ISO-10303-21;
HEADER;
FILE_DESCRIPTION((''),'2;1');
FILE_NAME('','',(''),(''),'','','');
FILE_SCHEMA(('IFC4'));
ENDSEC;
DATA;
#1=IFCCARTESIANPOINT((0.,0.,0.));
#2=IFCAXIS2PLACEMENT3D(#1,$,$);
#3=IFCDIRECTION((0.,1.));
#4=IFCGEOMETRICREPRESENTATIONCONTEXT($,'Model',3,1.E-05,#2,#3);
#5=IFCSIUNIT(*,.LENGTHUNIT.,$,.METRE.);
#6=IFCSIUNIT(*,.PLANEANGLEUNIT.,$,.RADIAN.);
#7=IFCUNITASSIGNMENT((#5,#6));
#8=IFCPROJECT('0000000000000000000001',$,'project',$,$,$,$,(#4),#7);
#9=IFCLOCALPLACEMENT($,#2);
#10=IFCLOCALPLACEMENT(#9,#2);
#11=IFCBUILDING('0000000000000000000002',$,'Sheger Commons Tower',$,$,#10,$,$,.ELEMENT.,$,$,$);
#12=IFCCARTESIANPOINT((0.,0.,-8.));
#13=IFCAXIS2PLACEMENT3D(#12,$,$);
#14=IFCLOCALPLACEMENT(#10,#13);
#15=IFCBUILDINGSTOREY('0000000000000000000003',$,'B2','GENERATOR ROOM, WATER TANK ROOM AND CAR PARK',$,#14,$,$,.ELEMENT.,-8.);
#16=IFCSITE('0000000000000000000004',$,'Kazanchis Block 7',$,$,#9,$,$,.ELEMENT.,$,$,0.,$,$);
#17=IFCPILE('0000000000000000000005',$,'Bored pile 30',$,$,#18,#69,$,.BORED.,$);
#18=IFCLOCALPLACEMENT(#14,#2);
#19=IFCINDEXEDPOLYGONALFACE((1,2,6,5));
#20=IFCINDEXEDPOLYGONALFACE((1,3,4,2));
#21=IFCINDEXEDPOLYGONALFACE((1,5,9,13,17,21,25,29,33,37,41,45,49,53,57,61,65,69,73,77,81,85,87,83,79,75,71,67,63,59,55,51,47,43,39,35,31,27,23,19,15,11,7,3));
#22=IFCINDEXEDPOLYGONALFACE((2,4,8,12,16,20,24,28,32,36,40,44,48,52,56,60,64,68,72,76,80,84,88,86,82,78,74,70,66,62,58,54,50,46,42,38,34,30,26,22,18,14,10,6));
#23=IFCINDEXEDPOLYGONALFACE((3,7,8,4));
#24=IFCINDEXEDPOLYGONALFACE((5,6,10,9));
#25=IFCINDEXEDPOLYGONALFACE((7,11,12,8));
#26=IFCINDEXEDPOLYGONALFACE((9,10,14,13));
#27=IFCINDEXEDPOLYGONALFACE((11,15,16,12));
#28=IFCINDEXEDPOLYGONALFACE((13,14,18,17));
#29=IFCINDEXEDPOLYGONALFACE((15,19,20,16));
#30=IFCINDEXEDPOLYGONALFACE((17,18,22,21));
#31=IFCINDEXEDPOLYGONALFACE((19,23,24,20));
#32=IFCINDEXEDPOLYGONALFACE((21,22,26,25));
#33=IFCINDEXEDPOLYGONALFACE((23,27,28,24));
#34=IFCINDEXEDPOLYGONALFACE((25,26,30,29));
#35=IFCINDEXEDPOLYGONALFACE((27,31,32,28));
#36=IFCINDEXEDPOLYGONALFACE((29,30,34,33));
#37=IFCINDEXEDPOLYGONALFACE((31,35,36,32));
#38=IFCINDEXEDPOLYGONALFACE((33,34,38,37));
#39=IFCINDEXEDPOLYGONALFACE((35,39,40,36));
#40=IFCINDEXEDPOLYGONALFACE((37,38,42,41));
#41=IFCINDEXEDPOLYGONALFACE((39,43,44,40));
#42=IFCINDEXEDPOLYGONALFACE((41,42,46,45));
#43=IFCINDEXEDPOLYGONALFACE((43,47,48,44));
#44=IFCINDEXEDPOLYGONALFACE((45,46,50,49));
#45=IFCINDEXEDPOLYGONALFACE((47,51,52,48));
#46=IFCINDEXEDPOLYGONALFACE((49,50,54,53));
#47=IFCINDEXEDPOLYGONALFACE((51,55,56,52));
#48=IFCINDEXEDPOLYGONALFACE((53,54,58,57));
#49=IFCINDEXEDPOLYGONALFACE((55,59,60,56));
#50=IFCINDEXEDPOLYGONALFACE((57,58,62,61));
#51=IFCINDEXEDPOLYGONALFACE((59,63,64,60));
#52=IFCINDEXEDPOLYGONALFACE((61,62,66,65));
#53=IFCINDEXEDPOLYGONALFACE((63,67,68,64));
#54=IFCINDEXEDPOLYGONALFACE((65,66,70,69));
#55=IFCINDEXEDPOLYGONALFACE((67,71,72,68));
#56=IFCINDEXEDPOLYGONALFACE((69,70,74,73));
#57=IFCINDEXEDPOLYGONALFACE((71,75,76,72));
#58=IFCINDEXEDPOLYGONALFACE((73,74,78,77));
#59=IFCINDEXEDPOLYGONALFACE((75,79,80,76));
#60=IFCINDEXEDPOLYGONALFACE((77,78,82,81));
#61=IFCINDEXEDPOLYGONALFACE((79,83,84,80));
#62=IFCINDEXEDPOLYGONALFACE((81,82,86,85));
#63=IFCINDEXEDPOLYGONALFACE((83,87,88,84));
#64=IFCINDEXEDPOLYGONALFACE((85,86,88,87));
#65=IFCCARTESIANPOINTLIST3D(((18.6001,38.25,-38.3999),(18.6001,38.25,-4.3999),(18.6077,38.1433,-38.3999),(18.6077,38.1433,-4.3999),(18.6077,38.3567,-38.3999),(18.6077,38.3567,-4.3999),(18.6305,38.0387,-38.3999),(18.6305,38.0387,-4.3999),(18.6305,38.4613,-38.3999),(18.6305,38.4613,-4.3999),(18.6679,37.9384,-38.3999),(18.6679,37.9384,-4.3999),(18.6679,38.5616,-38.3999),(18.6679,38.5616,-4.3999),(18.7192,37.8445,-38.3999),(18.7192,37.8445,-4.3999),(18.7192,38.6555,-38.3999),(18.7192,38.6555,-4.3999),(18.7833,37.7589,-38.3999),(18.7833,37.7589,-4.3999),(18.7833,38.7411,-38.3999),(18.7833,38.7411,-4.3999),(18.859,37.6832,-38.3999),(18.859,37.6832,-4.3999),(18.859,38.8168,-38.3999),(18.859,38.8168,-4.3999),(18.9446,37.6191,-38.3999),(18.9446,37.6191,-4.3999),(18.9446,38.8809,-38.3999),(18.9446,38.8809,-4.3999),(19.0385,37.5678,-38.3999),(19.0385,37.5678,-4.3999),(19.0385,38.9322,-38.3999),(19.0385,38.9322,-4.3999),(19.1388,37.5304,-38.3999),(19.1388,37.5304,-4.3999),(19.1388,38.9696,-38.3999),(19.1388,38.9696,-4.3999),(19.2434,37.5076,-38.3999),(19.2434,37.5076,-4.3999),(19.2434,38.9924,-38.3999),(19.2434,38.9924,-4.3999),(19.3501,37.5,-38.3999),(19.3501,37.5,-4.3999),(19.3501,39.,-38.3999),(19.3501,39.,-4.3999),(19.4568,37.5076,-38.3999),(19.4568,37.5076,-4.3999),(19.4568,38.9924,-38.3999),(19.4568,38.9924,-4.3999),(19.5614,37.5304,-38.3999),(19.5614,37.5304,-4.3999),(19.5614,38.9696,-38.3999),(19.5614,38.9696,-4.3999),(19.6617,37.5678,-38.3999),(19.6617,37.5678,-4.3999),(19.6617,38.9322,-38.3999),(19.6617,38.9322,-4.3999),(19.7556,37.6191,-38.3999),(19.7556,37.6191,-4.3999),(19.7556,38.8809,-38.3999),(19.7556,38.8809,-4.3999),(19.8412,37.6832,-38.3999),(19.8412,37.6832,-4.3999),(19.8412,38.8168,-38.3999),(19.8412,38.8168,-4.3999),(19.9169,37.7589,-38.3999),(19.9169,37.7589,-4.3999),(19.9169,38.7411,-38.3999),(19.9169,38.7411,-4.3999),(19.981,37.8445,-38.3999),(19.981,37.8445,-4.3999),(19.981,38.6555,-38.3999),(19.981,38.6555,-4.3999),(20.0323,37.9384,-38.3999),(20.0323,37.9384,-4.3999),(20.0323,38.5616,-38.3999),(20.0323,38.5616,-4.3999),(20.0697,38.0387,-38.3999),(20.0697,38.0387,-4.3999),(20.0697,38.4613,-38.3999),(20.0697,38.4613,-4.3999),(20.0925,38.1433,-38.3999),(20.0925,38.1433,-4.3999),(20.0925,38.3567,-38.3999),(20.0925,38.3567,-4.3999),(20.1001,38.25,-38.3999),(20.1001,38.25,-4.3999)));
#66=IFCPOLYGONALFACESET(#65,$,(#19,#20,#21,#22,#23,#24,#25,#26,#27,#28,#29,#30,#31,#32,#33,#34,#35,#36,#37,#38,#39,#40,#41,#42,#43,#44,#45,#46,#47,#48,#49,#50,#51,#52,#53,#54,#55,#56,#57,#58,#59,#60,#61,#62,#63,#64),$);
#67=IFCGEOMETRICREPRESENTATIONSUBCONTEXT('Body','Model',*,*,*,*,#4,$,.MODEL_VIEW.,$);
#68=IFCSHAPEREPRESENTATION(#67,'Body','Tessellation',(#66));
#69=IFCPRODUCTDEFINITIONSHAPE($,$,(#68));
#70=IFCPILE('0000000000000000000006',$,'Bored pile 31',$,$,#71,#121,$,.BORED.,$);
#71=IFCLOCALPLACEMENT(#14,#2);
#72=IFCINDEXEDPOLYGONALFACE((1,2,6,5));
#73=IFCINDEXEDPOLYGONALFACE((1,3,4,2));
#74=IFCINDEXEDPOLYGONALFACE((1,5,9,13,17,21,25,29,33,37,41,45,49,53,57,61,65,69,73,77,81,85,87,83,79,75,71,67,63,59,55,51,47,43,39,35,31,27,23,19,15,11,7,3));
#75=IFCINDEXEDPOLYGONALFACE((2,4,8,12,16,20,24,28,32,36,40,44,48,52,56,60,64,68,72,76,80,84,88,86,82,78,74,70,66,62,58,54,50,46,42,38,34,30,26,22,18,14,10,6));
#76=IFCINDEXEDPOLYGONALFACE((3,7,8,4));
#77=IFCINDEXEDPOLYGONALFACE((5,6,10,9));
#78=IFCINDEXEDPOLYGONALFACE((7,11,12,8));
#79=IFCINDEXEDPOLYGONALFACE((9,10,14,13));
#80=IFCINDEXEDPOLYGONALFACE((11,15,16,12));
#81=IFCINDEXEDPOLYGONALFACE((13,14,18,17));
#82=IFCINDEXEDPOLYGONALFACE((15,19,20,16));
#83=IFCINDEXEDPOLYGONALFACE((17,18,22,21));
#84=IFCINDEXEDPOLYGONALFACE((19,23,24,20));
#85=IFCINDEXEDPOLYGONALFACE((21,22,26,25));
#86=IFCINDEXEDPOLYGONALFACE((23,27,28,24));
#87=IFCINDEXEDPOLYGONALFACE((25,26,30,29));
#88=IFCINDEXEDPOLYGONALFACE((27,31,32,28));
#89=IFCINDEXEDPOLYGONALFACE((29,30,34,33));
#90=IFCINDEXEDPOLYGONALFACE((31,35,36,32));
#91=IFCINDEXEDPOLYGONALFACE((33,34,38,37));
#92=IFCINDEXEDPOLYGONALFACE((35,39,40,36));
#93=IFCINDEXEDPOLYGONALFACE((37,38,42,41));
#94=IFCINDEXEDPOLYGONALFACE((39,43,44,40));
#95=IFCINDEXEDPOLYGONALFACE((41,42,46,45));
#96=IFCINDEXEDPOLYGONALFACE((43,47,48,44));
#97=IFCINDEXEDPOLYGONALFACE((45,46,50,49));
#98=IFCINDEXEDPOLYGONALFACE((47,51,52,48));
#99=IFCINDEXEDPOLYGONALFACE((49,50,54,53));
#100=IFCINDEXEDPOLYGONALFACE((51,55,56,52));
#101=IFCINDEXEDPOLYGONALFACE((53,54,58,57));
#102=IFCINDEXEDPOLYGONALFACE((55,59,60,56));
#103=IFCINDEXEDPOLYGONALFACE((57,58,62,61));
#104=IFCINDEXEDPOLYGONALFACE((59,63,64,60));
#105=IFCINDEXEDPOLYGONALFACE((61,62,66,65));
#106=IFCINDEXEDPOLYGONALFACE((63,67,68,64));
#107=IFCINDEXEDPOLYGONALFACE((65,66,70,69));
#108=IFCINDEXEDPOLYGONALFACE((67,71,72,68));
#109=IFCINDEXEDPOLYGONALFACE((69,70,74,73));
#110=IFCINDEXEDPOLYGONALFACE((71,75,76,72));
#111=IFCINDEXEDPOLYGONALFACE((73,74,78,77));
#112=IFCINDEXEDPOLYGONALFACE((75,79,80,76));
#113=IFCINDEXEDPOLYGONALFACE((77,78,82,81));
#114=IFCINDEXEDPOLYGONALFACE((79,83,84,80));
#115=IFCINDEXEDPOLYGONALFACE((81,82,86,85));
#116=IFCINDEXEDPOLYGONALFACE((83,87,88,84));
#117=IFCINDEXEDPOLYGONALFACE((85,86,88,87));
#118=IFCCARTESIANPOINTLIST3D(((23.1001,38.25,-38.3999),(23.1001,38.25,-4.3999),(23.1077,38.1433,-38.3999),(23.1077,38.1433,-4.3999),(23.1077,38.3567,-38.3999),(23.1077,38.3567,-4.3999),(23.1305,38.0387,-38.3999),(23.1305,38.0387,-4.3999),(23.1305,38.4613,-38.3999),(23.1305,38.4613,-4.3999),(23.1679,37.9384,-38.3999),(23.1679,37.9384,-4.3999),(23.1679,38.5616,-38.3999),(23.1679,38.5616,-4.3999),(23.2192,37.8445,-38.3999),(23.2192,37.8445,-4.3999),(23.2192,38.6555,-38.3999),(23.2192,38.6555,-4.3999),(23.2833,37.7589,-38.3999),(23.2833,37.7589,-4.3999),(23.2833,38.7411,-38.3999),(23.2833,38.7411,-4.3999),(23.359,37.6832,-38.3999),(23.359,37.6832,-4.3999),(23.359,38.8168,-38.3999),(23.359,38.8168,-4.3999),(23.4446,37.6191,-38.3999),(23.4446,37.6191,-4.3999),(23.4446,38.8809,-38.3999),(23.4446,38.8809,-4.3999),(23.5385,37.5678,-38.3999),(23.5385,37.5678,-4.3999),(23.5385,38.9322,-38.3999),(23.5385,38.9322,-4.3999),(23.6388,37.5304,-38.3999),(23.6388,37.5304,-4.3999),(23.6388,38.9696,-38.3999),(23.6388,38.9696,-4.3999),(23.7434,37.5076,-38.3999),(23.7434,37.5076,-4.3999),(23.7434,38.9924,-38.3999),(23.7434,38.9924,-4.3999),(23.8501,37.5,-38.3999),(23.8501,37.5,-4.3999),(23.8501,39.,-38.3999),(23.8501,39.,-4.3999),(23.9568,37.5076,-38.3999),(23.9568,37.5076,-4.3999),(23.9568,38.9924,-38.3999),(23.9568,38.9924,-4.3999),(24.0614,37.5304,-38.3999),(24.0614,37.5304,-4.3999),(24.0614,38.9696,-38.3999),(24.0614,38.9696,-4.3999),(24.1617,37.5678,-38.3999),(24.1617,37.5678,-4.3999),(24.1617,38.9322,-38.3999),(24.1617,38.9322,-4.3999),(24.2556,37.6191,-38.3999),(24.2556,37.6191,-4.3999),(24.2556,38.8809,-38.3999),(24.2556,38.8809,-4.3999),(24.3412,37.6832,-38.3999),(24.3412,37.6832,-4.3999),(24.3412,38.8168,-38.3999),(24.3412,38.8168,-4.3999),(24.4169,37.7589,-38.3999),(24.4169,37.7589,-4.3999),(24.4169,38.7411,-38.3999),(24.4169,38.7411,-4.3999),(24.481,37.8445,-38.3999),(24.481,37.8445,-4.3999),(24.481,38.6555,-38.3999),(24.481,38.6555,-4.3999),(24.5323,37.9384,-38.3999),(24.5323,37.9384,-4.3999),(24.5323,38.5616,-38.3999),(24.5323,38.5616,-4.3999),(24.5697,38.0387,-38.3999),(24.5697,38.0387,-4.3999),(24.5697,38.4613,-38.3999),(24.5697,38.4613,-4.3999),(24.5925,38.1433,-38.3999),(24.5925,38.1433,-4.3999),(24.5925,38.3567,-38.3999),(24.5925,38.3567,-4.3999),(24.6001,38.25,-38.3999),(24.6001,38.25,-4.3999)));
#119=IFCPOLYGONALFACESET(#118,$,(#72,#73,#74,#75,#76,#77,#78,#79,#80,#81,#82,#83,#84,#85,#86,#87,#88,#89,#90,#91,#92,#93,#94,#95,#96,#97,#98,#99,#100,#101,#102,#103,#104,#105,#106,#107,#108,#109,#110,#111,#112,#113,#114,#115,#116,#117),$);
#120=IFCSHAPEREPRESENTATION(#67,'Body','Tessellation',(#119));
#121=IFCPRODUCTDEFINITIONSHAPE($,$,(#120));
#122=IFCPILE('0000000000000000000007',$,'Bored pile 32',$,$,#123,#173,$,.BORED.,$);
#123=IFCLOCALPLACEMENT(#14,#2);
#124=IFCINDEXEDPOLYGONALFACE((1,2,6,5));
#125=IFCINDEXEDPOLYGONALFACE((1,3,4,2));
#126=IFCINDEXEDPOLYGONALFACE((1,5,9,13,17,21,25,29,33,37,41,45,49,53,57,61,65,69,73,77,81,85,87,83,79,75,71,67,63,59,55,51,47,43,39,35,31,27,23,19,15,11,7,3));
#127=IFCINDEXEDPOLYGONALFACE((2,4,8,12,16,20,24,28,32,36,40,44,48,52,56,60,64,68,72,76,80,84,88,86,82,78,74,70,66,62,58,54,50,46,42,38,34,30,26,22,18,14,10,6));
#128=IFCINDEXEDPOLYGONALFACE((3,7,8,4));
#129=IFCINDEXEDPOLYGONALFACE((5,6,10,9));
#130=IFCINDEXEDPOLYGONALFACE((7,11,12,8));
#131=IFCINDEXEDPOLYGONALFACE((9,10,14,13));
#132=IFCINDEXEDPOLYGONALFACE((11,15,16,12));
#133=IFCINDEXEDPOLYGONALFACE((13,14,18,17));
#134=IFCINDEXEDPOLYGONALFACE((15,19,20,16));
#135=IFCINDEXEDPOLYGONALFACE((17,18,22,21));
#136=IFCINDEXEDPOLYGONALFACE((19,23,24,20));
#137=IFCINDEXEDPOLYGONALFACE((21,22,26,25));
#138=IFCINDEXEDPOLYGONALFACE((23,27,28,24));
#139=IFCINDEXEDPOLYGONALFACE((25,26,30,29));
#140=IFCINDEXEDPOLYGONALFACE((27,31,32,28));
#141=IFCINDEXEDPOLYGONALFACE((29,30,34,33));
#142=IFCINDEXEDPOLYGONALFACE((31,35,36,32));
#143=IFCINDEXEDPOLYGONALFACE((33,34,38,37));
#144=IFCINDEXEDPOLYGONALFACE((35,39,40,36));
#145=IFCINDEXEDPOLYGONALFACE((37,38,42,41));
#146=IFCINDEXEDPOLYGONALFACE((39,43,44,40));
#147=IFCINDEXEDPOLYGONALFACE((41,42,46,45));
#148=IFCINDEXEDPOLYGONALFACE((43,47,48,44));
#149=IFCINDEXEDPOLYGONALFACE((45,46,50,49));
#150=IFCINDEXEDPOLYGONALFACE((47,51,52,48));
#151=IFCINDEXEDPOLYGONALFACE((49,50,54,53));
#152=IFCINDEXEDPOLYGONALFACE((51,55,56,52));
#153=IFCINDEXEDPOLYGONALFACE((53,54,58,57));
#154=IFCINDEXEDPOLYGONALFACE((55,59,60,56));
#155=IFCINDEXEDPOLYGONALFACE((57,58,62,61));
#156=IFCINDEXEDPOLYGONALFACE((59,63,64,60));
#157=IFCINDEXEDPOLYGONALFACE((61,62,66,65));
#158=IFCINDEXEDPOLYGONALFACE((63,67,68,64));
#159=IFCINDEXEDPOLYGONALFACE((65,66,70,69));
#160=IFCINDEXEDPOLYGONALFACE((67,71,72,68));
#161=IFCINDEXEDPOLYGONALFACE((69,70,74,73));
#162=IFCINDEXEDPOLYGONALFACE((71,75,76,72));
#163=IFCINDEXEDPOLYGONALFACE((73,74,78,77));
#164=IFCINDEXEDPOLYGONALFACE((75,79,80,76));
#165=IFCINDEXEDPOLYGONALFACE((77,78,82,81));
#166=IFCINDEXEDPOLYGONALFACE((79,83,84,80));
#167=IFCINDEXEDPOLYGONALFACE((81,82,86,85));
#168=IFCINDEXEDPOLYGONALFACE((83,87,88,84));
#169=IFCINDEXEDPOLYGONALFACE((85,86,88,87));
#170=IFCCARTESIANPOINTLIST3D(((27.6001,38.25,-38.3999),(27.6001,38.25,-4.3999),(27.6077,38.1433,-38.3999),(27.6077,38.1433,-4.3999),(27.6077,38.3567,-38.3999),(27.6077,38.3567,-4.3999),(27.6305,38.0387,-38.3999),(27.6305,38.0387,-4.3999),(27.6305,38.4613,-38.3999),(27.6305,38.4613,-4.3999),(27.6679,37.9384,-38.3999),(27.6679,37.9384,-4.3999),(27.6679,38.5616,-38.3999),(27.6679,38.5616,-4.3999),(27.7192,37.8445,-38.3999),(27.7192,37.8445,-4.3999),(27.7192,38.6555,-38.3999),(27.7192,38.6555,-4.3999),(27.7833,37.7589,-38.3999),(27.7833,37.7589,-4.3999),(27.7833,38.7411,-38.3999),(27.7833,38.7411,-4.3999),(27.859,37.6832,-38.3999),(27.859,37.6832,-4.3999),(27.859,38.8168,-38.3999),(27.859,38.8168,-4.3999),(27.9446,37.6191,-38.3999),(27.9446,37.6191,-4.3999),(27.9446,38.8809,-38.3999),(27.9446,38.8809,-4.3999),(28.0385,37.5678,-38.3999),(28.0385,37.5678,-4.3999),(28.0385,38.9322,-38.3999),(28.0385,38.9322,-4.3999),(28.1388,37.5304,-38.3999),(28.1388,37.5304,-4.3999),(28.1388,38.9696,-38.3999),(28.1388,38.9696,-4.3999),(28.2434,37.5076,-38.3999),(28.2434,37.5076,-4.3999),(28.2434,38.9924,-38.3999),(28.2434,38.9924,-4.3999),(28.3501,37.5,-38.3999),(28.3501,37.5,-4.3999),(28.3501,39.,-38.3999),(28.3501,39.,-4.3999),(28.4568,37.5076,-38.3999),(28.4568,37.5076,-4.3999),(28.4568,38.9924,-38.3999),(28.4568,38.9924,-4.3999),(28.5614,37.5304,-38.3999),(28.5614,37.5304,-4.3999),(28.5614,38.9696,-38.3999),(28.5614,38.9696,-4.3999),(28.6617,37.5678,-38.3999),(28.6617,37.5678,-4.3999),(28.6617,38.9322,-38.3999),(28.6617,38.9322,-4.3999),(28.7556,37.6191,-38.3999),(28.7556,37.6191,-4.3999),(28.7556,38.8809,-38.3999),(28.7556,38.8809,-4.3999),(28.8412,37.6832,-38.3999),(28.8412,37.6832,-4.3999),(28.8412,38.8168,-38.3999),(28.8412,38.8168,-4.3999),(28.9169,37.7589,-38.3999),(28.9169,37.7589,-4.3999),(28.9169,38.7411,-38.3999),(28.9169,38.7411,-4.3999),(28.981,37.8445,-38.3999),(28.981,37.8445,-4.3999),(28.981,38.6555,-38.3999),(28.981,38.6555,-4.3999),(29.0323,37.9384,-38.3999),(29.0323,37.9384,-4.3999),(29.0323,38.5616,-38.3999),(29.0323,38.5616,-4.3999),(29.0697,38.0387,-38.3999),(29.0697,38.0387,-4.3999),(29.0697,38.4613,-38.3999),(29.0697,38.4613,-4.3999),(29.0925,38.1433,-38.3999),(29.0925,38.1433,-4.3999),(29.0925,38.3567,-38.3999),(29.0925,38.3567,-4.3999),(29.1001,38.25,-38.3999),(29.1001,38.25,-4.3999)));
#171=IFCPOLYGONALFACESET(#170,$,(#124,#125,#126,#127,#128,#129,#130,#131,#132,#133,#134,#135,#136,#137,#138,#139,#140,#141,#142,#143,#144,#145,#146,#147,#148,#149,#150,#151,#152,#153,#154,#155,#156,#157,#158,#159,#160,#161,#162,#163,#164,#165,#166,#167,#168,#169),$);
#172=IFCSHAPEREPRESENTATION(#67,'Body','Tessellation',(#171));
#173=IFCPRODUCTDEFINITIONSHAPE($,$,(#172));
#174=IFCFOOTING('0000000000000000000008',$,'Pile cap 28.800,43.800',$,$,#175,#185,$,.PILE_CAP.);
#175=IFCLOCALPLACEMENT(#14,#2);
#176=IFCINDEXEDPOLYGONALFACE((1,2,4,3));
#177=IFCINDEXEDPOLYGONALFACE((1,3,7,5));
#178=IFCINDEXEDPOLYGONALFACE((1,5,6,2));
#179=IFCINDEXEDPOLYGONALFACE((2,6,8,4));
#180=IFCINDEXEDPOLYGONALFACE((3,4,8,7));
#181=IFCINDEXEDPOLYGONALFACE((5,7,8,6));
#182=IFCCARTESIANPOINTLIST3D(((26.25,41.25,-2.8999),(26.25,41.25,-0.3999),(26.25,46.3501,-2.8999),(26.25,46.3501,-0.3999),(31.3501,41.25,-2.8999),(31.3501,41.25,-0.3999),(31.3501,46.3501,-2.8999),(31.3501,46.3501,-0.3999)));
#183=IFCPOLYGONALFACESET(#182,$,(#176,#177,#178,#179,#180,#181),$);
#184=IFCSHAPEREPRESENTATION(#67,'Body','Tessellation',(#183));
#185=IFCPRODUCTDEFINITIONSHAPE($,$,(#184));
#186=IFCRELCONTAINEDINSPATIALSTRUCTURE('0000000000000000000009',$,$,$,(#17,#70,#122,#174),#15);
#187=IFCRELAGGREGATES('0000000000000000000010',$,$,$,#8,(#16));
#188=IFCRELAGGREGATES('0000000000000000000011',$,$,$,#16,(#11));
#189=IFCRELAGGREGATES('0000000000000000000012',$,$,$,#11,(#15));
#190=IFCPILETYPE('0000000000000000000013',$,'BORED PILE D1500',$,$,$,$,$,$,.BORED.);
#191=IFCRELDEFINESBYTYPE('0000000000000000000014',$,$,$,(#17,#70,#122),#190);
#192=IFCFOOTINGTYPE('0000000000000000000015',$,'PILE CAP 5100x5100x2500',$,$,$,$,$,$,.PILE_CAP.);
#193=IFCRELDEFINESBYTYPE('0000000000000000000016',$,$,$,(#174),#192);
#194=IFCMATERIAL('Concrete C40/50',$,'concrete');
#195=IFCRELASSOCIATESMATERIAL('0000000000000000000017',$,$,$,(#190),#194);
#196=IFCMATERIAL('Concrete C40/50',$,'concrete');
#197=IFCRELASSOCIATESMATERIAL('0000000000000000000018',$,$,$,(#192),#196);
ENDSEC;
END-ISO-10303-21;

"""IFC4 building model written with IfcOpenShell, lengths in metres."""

from ifc_helpers import new_model, si_unit, direction, frame, origin, origin_2d, place, context, subcontext, project, spatial, rectangle, circle, extrude, material, material_profile, profile_set, type_object, element, save


model = new_model("IFC4")

# Units and contexts
model_context = context("Model", 3, precision=1e-05, world=origin(), true_north=direction((0.0, 1.0)))
body_context = subcontext(model_context, "Body", "Model", "MODEL_VIEW")
ifc_project = project(units=[si_unit("LENGTHUNIT", "METRE"), si_unit("PLANEANGLEUNIT", "RADIAN")], contexts=[model_context])

# Site, building, storey
site_placement = place(None, origin())
site = spatial("IfcSite", under=ifc_project, at=site_placement, Name="Kazanchis Block 7", CompositionType="ELEMENT", RefElevation=0.0)
building_placement = place(site_placement, origin())
building = spatial("IfcBuilding", under=site, at=building_placement, Name="Sheger Commons Tower", CompositionType="ELEMENT")
storey_placement = place(building_placement, frame((0.0, 0.0, -8.0)))
storey = spatial("IfcBuildingStorey", under=building, at=storey_placement, Name="B2", Description="GENERATOR ROOM, WATER TANK ROOM AND CAR PARK", CompositionType="ELEMENT", Elevation=-8.0)

# Piles
ifc_material_1 = material(Name="Concrete C40/50", Category="concrete")
ifc_material_profile_1 = material_profile(ifc_material_1, circle(Radius=0.75, at=origin_2d()), Name="PILE D1500")
ifc_profile_set_1 = profile_set([ifc_material_profile_1], Name="Concrete C40/50")
pile_type_1 = type_object("IfcPileType", Name="BORED PILE D1500", PredefinedType="BORED", material=ifc_profile_set_1)
for number, where, z_axis, x_axis, name in (
    (1, (19.3501, 38.25, -4.3999), (0.0, 0.0, -1.0), (1.0, 0.0, 0.0), "Bored pile 30"),
    (2, (23.8501, 38.25, -4.3999), (0.0, 0.0, -1.0), (1.0, 0.0, 0.0), "Bored pile 31"),
    (3, (28.3501, 38.25, -4.3999), (0.0, 0.0, -1.0), (1.0, 0.0, 0.0), "Bored pile 32"),
):
    element("IfcPile", number, at=place(storey_placement, frame(where, z_axis=z_axis, x_axis=x_axis)), inside=storey, type_object=pile_type_1, Name=name, PredefinedType="BORED", context=body_context, shape_type="SweptSolid", body=[
        extrude(circle(Radius=0.75, at=origin_2d()), origin(), (0.0, 0.0, 1.0), 34.0),
    ])

# Footing
ifc_material_2 = material(Name="Concrete C40/50", Category="concrete")
footing_type = type_object("IfcFootingType", Name="PILE CAP 5100x5100x2500", PredefinedType="PILE_CAP", material=ifc_material_2)
footing_placement = place(storey_placement, frame((28.8, 43.8, -2.8999), z_axis=(0.0, 0.0, 1.0), x_axis=(1.0, 0.0, 0.0)))
element("IfcFooting", 4, at=footing_placement, inside=storey, type_object=footing_type, Name="Pile cap 28.800,43.800", PredefinedType="PILE_CAP", context=body_context, shape_type="SweptSolid", body=[
    extrude(rectangle(XDim=5.1001, YDim=5.1001, at=origin_2d()), origin(), (0.0, 0.0, 1.0), 2.5),
])

save(model, "model.ifc")
